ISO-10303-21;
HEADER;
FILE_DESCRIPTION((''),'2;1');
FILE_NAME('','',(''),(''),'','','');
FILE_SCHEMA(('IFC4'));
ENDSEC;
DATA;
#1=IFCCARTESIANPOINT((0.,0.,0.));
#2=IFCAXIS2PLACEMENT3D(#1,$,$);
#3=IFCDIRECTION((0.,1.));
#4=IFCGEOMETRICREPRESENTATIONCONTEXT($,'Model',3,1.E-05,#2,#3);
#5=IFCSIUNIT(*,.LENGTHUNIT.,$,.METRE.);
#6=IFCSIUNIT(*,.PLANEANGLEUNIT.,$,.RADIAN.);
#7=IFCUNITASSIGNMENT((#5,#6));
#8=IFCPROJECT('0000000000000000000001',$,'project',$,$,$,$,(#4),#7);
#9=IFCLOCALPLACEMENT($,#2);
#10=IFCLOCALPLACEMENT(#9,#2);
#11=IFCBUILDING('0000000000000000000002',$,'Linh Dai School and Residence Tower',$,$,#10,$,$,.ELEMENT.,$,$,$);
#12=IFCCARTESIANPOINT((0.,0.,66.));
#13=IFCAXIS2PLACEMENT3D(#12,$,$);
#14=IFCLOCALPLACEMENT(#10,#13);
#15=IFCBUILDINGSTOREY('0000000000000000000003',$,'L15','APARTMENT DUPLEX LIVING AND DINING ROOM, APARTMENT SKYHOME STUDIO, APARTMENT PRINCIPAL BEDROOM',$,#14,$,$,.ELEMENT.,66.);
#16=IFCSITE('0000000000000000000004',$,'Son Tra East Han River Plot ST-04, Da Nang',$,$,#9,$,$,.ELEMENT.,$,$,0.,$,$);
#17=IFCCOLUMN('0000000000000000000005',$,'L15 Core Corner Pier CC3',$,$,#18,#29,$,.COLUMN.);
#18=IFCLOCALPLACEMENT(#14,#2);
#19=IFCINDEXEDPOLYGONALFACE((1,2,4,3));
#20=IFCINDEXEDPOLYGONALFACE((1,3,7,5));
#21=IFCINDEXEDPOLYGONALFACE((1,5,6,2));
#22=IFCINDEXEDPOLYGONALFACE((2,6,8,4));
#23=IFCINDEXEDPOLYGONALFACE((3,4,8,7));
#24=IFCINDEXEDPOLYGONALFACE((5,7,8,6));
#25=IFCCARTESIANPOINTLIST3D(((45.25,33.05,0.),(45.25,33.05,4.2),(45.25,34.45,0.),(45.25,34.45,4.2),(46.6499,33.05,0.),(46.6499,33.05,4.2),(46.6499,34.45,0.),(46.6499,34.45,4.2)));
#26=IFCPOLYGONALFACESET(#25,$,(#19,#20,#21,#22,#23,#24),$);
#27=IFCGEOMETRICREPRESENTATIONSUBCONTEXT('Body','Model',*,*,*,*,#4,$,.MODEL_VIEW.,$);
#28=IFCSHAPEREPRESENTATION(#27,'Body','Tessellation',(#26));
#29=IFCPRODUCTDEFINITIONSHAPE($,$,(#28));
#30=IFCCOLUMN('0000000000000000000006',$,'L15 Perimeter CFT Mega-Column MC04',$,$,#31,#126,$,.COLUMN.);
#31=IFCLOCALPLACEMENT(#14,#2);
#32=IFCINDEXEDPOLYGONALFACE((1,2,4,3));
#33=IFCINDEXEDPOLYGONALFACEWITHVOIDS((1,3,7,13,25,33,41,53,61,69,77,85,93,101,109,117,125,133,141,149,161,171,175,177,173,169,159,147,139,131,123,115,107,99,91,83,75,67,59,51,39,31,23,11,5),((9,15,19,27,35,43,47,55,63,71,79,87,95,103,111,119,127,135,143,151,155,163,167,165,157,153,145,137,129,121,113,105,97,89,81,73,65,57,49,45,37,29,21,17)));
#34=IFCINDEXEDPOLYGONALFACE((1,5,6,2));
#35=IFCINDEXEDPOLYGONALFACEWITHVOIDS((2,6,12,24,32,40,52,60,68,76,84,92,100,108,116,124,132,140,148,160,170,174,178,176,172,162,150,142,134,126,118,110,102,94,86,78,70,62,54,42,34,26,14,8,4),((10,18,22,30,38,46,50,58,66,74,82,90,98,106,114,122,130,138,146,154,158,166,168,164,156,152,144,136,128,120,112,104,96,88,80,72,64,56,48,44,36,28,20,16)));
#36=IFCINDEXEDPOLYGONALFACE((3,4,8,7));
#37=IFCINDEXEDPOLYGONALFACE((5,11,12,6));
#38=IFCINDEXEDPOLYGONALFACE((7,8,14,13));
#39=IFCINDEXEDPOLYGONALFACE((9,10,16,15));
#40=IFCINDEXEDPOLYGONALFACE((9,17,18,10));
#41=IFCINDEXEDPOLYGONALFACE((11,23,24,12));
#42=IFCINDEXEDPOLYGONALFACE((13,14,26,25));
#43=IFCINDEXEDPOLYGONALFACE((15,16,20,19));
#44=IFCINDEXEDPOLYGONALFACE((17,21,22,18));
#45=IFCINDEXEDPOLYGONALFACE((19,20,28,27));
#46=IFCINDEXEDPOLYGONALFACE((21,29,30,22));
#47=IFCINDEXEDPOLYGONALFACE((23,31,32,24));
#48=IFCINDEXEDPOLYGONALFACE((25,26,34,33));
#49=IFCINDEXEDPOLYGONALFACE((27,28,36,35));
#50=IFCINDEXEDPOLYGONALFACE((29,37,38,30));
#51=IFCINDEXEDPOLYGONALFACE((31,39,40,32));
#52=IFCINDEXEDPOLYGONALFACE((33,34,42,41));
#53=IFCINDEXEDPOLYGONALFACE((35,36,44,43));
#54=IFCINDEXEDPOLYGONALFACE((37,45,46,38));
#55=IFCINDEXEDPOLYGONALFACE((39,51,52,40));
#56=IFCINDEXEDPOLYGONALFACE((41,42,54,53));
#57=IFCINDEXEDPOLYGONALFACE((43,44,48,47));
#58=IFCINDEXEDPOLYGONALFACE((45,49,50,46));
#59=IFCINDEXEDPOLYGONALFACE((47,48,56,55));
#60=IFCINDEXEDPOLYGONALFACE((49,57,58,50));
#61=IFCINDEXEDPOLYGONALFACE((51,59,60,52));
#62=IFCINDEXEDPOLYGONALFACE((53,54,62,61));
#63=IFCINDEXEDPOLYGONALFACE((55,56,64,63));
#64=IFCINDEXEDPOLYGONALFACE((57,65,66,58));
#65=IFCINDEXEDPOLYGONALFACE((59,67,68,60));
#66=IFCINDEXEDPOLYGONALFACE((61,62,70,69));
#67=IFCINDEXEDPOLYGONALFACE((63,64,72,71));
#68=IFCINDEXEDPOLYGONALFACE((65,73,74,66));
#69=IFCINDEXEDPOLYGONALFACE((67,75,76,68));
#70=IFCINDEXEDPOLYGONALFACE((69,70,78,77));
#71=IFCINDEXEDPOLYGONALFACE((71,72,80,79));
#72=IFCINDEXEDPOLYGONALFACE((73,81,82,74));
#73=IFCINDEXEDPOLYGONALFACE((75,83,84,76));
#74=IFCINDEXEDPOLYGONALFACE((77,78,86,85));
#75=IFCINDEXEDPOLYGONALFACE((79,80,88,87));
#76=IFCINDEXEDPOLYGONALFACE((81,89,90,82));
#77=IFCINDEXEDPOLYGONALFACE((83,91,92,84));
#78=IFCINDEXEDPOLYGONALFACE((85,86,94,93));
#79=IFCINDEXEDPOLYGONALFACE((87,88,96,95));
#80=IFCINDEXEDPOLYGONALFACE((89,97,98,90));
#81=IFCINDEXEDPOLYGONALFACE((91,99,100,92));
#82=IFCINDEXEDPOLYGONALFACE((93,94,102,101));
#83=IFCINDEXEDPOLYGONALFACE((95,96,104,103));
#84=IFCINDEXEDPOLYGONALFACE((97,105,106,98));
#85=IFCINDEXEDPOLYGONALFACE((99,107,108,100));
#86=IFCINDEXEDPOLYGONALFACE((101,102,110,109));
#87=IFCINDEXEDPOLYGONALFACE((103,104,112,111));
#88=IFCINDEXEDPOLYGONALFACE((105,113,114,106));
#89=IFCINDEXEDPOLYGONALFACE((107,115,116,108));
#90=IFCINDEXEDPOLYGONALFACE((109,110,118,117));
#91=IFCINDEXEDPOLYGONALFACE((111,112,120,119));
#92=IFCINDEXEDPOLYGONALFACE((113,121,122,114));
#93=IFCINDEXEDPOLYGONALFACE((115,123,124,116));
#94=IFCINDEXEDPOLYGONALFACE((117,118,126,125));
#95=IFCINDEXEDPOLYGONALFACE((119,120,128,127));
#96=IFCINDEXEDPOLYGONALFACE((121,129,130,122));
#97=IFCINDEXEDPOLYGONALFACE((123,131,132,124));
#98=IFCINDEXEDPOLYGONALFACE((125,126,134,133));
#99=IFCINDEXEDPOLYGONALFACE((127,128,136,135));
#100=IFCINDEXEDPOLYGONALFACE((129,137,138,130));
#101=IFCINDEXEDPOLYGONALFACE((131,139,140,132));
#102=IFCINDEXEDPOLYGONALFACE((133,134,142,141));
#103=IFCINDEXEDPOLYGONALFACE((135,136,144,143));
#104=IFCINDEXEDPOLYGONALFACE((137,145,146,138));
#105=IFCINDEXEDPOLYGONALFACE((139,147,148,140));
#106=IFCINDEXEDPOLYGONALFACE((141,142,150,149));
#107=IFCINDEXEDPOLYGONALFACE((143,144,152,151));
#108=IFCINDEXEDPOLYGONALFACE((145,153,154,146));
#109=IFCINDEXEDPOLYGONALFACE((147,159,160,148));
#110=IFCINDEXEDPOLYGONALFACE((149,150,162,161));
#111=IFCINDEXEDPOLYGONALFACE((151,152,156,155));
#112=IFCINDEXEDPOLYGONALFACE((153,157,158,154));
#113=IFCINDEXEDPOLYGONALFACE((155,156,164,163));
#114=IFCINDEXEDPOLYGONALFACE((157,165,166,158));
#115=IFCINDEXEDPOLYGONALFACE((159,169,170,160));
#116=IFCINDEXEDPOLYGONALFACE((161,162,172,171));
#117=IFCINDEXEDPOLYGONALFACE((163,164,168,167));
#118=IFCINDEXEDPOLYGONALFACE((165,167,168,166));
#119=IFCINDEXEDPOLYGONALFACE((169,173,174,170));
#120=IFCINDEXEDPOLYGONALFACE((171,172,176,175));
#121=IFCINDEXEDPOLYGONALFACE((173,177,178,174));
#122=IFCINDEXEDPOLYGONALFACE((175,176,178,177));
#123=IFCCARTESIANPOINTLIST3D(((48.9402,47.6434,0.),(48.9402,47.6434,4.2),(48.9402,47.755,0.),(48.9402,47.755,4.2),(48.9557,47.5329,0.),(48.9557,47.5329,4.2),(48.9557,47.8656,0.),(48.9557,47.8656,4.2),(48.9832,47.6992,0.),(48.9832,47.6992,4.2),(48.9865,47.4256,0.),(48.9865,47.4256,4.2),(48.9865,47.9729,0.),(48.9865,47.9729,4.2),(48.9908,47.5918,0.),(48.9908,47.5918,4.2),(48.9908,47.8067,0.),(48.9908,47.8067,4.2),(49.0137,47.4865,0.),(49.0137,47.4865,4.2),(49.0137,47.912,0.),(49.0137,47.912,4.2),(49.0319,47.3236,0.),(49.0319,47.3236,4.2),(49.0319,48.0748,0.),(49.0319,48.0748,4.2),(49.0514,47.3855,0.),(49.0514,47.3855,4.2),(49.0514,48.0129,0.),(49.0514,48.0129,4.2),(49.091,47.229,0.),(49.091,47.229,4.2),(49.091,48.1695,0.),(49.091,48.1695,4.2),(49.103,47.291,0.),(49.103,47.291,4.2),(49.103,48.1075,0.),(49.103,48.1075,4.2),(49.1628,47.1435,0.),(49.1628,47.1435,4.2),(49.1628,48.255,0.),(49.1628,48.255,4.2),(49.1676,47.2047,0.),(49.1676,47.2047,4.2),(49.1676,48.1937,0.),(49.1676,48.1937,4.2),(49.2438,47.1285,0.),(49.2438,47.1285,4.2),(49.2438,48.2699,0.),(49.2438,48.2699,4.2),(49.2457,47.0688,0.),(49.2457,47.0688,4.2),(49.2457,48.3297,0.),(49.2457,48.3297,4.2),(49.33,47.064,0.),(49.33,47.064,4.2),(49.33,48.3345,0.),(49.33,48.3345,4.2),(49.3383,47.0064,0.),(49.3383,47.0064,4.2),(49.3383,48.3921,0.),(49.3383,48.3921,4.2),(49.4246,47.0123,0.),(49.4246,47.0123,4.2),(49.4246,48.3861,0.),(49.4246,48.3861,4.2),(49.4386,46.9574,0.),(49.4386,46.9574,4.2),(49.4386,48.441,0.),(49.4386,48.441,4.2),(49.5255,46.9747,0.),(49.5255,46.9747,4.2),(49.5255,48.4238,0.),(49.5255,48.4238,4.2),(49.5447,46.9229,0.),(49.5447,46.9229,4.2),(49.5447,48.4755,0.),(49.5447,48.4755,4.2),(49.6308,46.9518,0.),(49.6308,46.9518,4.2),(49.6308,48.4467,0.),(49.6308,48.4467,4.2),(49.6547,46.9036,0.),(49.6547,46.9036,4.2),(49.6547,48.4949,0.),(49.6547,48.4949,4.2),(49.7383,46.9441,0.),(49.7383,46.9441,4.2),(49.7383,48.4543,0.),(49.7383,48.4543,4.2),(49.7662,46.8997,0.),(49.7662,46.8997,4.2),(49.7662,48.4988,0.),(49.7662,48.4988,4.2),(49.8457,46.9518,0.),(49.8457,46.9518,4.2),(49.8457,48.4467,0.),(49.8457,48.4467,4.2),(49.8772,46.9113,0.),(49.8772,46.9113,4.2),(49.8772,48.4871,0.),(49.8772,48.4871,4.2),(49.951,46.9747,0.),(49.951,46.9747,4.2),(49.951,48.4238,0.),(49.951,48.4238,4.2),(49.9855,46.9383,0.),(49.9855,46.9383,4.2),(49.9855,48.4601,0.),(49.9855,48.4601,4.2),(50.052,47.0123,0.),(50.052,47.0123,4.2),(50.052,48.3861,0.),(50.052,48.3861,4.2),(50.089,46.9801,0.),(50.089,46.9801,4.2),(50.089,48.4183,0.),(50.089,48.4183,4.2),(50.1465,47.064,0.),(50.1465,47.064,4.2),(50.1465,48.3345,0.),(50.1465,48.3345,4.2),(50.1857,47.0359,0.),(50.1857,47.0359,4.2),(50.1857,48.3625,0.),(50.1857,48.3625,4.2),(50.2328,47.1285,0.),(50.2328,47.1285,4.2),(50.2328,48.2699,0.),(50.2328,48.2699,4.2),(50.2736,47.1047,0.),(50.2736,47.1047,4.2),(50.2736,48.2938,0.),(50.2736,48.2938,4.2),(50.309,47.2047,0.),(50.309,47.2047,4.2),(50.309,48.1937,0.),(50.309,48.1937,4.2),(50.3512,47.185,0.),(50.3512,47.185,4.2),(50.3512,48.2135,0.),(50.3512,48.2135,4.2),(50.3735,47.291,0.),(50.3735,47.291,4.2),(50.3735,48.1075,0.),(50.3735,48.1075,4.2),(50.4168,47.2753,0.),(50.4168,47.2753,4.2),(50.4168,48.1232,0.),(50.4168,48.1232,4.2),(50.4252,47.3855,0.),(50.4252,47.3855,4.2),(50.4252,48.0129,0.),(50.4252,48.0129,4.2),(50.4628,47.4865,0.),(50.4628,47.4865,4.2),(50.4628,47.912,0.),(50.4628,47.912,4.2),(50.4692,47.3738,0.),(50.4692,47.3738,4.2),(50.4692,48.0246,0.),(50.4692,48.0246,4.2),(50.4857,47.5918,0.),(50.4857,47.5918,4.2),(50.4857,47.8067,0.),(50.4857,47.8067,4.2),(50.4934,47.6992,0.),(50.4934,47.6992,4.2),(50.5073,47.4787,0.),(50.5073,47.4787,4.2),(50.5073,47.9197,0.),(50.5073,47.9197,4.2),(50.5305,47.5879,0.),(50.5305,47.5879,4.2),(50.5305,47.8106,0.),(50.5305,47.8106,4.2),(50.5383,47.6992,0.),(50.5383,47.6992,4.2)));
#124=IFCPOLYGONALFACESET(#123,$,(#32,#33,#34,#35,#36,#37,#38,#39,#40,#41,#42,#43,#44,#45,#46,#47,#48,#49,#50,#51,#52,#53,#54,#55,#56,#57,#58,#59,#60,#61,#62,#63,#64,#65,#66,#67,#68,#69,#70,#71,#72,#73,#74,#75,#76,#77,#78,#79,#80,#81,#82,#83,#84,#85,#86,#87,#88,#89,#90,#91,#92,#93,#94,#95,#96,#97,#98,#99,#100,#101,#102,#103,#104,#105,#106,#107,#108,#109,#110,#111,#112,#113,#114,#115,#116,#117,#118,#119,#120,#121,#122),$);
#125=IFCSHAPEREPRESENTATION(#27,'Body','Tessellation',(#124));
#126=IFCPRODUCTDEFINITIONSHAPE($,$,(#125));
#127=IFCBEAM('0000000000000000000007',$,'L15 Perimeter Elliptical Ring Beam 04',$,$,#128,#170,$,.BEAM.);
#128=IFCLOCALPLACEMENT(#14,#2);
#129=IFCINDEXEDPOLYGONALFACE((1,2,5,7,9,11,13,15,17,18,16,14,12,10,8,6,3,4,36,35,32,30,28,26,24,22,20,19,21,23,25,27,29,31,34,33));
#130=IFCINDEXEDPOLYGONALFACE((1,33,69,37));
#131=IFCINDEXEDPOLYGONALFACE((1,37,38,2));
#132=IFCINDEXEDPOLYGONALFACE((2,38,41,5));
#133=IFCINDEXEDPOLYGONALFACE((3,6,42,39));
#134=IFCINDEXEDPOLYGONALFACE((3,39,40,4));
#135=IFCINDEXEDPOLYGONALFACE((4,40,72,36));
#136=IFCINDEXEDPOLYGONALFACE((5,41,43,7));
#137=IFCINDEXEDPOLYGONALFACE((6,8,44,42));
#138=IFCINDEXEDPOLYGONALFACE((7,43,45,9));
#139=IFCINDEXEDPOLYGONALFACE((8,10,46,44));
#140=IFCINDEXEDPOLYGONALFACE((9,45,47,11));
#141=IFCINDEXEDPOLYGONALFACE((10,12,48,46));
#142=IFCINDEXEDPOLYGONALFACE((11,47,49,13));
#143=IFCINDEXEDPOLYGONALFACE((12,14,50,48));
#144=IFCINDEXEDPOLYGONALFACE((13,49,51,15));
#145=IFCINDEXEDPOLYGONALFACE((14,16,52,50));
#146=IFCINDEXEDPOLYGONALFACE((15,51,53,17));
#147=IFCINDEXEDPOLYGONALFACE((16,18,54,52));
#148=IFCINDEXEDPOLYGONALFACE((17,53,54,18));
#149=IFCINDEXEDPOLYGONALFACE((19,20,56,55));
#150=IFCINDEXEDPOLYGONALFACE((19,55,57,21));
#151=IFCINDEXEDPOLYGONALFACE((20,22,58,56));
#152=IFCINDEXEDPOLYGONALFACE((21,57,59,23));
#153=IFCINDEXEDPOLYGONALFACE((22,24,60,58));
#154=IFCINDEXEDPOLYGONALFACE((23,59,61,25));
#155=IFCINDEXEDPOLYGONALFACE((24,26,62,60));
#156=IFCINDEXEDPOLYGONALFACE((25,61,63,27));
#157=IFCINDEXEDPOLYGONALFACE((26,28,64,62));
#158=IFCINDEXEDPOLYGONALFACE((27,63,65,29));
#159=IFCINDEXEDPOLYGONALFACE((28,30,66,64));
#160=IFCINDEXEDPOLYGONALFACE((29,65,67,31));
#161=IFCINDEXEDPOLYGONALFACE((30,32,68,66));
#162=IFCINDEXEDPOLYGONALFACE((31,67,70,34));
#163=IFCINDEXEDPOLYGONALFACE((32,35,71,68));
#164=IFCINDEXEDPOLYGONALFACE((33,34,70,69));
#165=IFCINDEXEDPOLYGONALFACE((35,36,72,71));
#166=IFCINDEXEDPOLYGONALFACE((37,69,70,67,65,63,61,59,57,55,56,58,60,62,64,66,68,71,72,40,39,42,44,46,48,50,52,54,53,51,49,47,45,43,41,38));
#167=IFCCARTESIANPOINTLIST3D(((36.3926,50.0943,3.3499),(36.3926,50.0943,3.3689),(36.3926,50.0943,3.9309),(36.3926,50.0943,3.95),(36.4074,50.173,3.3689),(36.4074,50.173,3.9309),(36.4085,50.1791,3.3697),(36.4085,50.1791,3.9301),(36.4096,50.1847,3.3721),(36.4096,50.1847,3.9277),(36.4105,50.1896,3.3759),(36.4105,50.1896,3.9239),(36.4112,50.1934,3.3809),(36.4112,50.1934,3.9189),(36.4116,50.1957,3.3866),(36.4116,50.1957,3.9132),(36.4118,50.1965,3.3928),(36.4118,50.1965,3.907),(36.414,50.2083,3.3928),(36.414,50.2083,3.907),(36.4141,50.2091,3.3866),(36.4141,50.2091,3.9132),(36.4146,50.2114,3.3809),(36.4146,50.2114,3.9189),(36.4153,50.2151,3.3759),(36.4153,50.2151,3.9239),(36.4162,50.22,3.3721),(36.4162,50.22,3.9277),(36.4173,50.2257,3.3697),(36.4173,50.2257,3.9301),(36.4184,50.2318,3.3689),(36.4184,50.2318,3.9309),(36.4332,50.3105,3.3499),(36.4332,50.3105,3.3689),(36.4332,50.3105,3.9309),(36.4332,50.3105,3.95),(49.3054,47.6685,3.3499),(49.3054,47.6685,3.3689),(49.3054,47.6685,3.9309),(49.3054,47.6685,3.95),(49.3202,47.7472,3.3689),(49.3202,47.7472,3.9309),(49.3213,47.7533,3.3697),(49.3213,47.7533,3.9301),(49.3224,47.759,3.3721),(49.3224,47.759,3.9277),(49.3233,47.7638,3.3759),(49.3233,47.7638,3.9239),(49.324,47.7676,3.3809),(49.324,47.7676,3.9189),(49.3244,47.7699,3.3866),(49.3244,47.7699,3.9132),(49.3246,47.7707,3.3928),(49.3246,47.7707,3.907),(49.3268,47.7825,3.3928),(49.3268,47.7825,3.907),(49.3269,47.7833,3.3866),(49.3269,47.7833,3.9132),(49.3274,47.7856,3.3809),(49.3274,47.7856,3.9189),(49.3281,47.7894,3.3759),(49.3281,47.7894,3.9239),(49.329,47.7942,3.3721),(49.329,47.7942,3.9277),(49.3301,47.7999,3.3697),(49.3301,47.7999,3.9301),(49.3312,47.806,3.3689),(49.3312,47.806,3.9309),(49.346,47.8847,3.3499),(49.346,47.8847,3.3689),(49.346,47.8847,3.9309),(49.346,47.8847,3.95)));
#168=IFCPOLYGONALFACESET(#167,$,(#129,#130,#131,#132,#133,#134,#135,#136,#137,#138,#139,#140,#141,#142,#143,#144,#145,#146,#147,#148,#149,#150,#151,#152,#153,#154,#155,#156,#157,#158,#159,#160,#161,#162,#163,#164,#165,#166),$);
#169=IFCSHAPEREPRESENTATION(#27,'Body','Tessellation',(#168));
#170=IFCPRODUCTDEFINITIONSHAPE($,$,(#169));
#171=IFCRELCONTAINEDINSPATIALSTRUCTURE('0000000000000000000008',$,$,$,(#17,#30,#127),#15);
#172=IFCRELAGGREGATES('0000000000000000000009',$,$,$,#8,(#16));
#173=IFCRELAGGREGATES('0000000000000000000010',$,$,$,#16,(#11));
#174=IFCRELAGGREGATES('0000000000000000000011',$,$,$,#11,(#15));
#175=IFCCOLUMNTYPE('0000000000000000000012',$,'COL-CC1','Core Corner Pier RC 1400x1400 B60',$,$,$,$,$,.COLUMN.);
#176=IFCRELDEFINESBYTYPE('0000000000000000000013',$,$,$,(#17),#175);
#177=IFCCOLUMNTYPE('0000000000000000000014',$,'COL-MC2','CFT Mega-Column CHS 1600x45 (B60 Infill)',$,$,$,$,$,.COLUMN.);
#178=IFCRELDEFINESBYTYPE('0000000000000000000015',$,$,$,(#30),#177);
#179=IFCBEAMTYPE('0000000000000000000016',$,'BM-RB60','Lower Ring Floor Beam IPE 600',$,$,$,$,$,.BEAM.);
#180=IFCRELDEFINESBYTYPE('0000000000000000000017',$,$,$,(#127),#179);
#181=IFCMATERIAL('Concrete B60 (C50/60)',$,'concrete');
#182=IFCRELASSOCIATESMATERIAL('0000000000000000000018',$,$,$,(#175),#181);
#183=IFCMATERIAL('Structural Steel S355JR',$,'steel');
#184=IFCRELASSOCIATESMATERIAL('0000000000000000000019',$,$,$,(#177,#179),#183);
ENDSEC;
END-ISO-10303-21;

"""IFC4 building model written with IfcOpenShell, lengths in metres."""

from ifc_helpers import new_model, si_unit, direction, frame, origin, origin_2d, place, context, subcontext, project, spatial, rectangle, hollow_circle, i_section, extrude, material, material_profile, profile_set, type_object, element, save


model = new_model("IFC4")

# Units and contexts
model_context = context("Model", 3, precision=1e-05, world=origin(), true_north=direction((0.0, 1.0)))
body_context = subcontext(model_context, "Body", "Model", "MODEL_VIEW")
ifc_project = project(units=[si_unit("LENGTHUNIT", "METRE"), si_unit("PLANEANGLEUNIT", "RADIAN")], contexts=[model_context])

# Site, building, storey
site_placement = place(None, origin())
site = spatial("IfcSite", under=ifc_project, at=site_placement, Name="Son Tra East Han River Plot ST-04, Da Nang", CompositionType="ELEMENT", RefElevation=0.0)
building_placement = place(site_placement, origin())
building = spatial("IfcBuilding", under=site, at=building_placement, Name="Linh Dai School and Residence Tower", CompositionType="ELEMENT")
storey_placement = place(building_placement, frame((0.0, 0.0, 66.0)))
storey = spatial("IfcBuildingStorey", under=building, at=storey_placement, Name="L15", Description="APARTMENT DUPLEX LIVING AND DINING ROOM, APARTMENT SKYHOME STUDIO, APARTMENT PRINCIPAL BEDROOM", CompositionType="ELEMENT", Elevation=66.0)

# Columns
ifc_material_1 = material(Name="Concrete B60 (C50/60)", Category="concrete")
ifc_material_profile_1 = material_profile(ifc_material_1, rectangle(XDim=1.3999, YDim=1.3999, at=origin_2d()), Name="RC 1400x1400")
ifc_profile_set_1 = profile_set([ifc_material_profile_1], Name="Concrete B60 (C50/60)")
column_type_1 = type_object("IfcColumnType", Name="COL-CC1", Description="Core Corner Pier RC 1400x1400 B60", PredefinedType="COLUMN", material=ifc_profile_set_1)
column_1_placement = place(storey_placement, frame((45.95, 33.75, 0.0), z_axis=(0.0, 0.0, 1.0), x_axis=(1.0, 0.0, 0.0)))
element("IfcColumn", 1, at=column_1_placement, inside=storey, type_object=column_type_1, Name="L15 Core Corner Pier CC3", PredefinedType="COLUMN", context=body_context, shape_type="SweptSolid", body=[
    extrude(rectangle(XDim=1.3999, YDim=1.3999, at=origin_2d()), origin(), (0.0, 0.0, 1.0), 4.2),
])
ifc_material_2 = material(Name="Structural Steel S355JR", Category="steel")
ifc_material_profile_2 = material_profile(ifc_material_2, hollow_circle(Radius=0.8, WallThickness=0.0449, at=origin_2d()), Name="CHS 1600x45")
ifc_profile_set_2 = profile_set([ifc_material_profile_2], Name="Structural Steel S355JR")
column_type_2 = type_object("IfcColumnType", Name="COL-MC2", Description="CFT Mega-Column CHS 1600x45 (B60 Infill)", PredefinedType="COLUMN", material=ifc_profile_set_2)
column_2_placement = place(storey_placement, frame((49.7383, 47.6992, 0.0), z_axis=(0.0, 0.0, 1.0), x_axis=(1.0, 0.0, 0.0)))
element("IfcColumn", 2, at=column_2_placement, inside=storey, type_object=column_type_2, Name="L15 Perimeter CFT Mega-Column MC04", PredefinedType="COLUMN", context=body_context, shape_type="SweptSolid", body=[
    extrude(hollow_circle(Radius=0.8, WallThickness=0.0449, at=origin_2d()), origin(), (0.0, 0.0, 1.0), 4.2),
])

# Beam
ifc_material_profile_3 = material_profile(ifc_material_2, i_section(OverallWidth=0.22, OverallDepth=0.6001, WebThickness=0.012, FlangeThickness=0.019, FilletRadius=0.0239, at=origin_2d()), Name="IPE 600")
ifc_profile_set_3 = profile_set([ifc_material_profile_3], Name="Structural Steel S355JR")
beam_type_1 = type_object("IfcBeamType", Name="BM-RB60", Description="Lower Ring Floor Beam IPE 600", PredefinedType="BEAM", material=ifc_profile_set_3)
beam_1_placement = place(storey_placement, frame((49.3257, 47.7766, 3.6499), z_axis=(-0.982808, 0.184628, 0.0), x_axis=(-0.184628, -0.982808, 0.0)))
element("IfcBeam", 3, at=beam_1_placement, inside=storey, type_object=beam_type_1, Name="L15 Perimeter Elliptical Ring Beam 04", PredefinedType="BEAM", context=body_context, shape_type="SweptSolid", body=[
    extrude(i_section(OverallWidth=0.22, OverallDepth=0.6001, WebThickness=0.012, FlangeThickness=0.019, FilletRadius=0.0239, at=origin_2d()), origin(), (0.0, 0.0, 1.0), 13.1387),
])

save(model, "model.ifc")
